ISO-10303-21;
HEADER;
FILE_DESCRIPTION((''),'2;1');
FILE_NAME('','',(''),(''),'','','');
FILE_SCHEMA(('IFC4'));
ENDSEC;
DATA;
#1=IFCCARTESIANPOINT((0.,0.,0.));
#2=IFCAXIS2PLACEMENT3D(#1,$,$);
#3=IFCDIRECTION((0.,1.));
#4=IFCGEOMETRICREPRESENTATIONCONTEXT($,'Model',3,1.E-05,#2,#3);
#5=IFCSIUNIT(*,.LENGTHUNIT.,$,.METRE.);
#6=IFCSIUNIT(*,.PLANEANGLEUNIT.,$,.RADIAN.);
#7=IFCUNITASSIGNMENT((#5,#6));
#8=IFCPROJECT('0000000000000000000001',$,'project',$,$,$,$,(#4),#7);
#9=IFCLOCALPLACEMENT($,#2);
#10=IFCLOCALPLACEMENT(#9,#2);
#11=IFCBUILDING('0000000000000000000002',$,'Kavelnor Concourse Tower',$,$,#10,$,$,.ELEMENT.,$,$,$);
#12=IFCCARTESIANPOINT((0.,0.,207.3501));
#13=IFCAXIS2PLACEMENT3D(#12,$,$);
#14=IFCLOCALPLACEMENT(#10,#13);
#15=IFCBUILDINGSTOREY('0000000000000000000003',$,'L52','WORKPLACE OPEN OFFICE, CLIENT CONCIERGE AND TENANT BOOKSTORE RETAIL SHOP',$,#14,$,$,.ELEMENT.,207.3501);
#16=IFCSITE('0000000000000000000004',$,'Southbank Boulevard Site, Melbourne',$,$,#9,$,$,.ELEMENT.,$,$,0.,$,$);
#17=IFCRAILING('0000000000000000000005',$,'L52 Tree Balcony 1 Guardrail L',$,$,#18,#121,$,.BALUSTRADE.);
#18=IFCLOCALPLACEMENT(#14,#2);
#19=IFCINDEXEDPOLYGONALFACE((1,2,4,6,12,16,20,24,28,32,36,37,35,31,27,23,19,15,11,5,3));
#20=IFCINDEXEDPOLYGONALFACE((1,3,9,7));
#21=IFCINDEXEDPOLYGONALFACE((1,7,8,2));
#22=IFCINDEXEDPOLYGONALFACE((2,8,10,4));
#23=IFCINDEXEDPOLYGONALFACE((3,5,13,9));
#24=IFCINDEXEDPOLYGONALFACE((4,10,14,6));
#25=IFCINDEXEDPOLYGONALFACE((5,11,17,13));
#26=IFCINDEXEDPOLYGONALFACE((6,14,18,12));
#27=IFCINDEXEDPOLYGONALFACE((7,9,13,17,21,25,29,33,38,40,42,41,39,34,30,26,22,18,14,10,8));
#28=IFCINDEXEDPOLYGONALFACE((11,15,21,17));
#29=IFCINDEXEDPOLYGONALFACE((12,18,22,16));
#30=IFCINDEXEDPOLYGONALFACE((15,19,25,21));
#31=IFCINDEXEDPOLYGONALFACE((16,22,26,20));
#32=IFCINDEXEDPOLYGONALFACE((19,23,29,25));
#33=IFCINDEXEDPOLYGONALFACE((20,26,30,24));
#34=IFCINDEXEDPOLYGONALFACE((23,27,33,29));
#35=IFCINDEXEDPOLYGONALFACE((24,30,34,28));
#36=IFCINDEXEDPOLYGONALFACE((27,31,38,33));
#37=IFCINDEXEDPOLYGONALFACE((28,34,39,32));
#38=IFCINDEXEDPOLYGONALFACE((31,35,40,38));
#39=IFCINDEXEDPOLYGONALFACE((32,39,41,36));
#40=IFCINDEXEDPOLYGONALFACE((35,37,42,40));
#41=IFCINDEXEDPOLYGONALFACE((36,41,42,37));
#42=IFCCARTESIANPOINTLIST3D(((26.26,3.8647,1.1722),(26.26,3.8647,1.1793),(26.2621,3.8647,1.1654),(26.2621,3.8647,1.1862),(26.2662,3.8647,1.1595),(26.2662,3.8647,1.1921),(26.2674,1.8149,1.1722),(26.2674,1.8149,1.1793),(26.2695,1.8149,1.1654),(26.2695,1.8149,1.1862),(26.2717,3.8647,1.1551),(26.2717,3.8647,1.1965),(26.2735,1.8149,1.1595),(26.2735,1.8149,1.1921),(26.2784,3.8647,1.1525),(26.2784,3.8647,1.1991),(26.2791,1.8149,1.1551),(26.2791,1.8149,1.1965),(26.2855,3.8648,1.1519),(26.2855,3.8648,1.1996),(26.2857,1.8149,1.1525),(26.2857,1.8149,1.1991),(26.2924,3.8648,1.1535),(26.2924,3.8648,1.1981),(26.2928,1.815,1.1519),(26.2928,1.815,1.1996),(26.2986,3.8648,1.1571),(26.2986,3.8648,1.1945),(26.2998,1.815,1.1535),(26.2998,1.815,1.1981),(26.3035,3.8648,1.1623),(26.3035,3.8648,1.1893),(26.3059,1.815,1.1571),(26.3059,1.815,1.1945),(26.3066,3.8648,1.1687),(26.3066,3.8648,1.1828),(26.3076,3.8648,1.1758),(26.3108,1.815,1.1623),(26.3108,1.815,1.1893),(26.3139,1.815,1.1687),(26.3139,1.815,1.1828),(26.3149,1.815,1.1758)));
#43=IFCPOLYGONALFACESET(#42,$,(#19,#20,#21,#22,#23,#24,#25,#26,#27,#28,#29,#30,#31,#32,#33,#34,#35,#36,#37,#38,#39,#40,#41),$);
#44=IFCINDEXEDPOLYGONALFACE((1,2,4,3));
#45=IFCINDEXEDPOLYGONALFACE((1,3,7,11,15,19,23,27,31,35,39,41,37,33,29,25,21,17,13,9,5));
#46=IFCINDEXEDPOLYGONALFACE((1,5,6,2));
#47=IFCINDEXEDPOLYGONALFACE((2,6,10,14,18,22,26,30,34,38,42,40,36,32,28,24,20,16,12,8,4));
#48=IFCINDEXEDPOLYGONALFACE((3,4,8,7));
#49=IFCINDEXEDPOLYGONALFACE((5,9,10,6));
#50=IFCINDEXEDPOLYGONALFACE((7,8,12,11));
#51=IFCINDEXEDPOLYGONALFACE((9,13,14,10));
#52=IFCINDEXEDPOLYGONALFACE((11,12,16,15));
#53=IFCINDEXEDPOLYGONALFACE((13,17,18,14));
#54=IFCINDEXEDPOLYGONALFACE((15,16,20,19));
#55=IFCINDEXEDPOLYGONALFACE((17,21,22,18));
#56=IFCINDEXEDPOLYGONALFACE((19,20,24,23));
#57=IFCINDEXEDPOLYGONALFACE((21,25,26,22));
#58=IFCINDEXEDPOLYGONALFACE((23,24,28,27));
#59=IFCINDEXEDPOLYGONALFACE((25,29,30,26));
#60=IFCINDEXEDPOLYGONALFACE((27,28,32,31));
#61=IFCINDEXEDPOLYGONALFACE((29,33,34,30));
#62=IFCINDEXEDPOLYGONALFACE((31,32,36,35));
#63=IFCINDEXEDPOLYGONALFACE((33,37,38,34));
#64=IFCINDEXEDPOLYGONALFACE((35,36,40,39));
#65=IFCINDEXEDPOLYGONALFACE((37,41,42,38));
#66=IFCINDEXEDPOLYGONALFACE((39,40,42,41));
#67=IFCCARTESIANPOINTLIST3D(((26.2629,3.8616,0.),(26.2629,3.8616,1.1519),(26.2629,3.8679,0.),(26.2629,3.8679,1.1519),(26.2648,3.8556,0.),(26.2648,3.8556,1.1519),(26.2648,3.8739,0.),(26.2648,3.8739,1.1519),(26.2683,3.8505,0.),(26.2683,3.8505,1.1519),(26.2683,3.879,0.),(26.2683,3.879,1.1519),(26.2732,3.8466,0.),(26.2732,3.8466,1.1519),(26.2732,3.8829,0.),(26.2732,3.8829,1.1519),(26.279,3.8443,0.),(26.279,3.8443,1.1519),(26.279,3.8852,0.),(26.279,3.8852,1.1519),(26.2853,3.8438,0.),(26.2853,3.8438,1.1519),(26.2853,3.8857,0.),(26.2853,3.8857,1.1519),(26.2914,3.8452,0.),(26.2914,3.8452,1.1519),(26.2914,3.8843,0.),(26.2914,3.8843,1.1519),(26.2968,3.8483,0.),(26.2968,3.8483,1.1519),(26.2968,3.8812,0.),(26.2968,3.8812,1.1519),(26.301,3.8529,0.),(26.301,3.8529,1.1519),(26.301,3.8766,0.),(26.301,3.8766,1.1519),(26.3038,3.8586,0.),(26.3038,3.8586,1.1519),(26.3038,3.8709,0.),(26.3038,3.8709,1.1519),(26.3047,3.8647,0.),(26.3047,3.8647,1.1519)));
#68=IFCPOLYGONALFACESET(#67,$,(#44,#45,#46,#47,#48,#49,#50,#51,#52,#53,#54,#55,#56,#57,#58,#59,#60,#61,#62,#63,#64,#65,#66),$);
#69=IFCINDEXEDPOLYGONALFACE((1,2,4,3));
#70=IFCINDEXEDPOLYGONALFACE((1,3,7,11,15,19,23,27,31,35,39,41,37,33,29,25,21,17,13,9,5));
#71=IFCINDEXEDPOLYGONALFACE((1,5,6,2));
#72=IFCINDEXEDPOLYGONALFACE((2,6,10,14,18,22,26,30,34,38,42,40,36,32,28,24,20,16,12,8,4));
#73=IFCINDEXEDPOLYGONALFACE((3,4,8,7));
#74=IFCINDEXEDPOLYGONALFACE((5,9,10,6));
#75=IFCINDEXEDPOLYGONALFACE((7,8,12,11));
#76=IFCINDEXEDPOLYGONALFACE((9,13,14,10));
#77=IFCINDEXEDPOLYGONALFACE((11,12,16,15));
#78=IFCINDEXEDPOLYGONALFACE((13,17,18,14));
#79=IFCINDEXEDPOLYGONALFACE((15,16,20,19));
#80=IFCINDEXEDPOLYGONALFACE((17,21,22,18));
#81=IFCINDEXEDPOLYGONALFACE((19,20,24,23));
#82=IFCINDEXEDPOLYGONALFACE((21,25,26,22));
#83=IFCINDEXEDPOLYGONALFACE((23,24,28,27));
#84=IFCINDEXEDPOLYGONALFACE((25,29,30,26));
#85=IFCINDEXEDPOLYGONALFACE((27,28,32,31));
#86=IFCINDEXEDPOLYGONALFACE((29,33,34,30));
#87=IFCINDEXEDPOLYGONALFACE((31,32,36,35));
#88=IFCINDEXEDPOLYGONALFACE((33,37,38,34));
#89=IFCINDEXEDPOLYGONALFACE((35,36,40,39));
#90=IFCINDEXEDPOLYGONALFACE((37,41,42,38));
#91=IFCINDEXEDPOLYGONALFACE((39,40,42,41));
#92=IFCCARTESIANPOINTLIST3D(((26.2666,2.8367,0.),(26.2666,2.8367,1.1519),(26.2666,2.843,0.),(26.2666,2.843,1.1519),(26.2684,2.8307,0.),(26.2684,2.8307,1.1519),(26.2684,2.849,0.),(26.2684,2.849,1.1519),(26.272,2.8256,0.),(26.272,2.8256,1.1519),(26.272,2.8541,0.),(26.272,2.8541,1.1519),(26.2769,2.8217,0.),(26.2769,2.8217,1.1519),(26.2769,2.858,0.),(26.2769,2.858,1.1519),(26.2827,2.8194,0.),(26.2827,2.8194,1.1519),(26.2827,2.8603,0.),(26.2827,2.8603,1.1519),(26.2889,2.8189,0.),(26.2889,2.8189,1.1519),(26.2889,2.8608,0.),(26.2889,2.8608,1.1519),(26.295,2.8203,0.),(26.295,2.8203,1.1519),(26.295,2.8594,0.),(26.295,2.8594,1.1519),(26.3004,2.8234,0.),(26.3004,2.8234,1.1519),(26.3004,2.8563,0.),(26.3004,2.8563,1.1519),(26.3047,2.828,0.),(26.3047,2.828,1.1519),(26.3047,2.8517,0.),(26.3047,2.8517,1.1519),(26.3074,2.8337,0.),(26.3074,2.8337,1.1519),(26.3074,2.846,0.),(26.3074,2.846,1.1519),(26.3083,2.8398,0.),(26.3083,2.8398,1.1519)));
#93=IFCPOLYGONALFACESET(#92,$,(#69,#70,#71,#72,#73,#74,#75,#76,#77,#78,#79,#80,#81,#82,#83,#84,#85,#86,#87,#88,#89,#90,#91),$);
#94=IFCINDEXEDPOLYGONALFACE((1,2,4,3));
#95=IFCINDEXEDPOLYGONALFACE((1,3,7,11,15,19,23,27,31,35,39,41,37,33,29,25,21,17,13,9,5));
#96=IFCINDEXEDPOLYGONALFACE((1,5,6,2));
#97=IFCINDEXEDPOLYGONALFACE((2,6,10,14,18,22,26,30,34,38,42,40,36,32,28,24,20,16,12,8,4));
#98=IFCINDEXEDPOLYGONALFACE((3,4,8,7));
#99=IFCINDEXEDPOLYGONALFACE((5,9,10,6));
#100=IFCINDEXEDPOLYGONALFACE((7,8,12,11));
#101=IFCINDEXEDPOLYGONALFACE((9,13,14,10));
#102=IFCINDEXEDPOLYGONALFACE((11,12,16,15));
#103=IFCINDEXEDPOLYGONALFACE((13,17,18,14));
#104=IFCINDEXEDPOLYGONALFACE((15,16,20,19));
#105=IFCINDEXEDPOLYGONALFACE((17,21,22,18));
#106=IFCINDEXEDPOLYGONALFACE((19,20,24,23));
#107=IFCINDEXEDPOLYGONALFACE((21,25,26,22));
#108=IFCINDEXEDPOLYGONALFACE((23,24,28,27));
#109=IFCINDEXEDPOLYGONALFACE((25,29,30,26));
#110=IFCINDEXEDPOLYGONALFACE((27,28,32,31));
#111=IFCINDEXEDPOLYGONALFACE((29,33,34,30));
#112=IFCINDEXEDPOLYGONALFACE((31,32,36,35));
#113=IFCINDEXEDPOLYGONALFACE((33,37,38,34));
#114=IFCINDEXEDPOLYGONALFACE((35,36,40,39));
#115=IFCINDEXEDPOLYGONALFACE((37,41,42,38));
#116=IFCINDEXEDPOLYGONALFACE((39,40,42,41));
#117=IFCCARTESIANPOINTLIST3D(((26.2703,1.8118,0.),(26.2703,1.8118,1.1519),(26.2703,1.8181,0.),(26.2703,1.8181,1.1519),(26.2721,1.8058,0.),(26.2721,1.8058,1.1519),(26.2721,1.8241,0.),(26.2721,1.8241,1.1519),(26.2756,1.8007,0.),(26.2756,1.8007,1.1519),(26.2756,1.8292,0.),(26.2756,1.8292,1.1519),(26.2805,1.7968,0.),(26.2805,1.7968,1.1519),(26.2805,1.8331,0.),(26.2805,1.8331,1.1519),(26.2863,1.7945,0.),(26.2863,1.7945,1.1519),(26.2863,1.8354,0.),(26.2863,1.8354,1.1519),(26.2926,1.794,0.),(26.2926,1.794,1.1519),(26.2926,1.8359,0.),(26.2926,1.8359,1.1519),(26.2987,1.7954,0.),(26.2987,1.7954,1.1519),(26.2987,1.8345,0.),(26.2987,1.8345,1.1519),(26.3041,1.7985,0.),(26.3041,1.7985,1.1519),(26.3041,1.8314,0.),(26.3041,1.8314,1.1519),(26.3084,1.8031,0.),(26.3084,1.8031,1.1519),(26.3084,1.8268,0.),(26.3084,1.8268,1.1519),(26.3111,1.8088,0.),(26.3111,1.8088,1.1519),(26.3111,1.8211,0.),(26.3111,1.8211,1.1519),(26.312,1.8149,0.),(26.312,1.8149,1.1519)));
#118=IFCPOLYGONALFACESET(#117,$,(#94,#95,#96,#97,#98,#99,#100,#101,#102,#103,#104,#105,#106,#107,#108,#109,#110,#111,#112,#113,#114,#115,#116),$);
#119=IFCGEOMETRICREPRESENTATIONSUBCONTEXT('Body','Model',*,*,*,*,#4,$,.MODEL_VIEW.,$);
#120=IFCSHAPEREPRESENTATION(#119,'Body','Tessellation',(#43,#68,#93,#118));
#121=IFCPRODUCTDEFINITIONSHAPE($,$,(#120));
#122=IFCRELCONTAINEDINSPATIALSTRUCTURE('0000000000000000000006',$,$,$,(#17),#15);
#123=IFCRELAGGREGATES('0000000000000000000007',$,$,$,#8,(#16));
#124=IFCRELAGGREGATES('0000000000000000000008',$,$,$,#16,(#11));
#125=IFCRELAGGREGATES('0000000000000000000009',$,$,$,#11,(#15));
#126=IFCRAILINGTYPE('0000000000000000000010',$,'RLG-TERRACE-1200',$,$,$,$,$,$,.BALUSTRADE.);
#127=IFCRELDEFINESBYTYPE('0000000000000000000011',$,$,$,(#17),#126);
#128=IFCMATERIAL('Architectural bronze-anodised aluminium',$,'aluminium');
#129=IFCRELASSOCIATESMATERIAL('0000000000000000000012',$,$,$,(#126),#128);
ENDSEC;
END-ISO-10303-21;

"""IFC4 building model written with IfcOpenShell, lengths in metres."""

from ifc_helpers import new_model, si_unit, direction, frame, origin, origin_2d, place, context, subcontext, project, spatial, circle, extrude, material, type_object, element, save


model = new_model("IFC4")

# Units and contexts
model_context = context("Model", 3, precision=1e-05, world=origin(), true_north=direction((0.0, 1.0)))
body_context = subcontext(model_context, "Body", "Model", "MODEL_VIEW")
ifc_project = project(units=[si_unit("LENGTHUNIT", "METRE"), si_unit("PLANEANGLEUNIT", "RADIAN")], contexts=[model_context])

# Site, building, storey
site_placement = place(None, origin())
site = spatial("IfcSite", under=ifc_project, at=site_placement, Name="Southbank Boulevard Site, Melbourne", CompositionType="ELEMENT", RefElevation=0.0)
building_placement = place(site_placement, origin())
building = spatial("IfcBuilding", under=site, at=building_placement, Name="Kavelnor Concourse Tower", CompositionType="ELEMENT")
storey_placement = place(building_placement, frame((0.0, 0.0, 207.3501)))
storey = spatial("IfcBuildingStorey", under=building, at=storey_placement, Name="L52", Description="WORKPLACE OPEN OFFICE, CLIENT CONCIERGE AND TENANT BOOKSTORE RETAIL SHOP", CompositionType="ELEMENT", Elevation=207.3501)

# Railing
ifc_material_1 = material(Name="Architectural bronze-anodised aluminium", Category="aluminium")
railing_type = type_object("IfcRailingType", Name="RLG-TERRACE-1200", PredefinedType="BALUSTRADE", material=ifc_material_1)
railing_1_placement = place(storey_placement, frame((26.2837, 3.8647, 0.0)))
element("IfcRailing", 1, at=railing_1_placement, inside=storey, type_object=railing_type, Name="L52 Tree Balcony 1 Guardrail L", PredefinedType="BALUSTRADE", context=body_context, shape_type="SweptSolid", body=[
    extrude(circle(Radius=0.0239, at=origin_2d()), frame((0.0, 0.0, 1.1758), z_axis=(0.003573, -0.999994, 0.0), x_axis=(0.999994, 0.003573, 0.0)), (0.0, 0.0, 1.0), 2.0498),
    extrude(circle(Radius=0.021, at=origin_2d()), origin(), (0.0, 0.0, 1.0), 1.1519),
    extrude(circle(Radius=0.021, at=origin_2d()), frame((0.0037, -1.0249, 0.0)), (0.0, 0.0, 1.0), 1.1519),
    extrude(circle(Radius=0.021, at=origin_2d()), frame((0.0073, -2.0498, 0.0)), (0.0, 0.0, 1.0), 1.1519),
])

save(model, "model.ifc")
